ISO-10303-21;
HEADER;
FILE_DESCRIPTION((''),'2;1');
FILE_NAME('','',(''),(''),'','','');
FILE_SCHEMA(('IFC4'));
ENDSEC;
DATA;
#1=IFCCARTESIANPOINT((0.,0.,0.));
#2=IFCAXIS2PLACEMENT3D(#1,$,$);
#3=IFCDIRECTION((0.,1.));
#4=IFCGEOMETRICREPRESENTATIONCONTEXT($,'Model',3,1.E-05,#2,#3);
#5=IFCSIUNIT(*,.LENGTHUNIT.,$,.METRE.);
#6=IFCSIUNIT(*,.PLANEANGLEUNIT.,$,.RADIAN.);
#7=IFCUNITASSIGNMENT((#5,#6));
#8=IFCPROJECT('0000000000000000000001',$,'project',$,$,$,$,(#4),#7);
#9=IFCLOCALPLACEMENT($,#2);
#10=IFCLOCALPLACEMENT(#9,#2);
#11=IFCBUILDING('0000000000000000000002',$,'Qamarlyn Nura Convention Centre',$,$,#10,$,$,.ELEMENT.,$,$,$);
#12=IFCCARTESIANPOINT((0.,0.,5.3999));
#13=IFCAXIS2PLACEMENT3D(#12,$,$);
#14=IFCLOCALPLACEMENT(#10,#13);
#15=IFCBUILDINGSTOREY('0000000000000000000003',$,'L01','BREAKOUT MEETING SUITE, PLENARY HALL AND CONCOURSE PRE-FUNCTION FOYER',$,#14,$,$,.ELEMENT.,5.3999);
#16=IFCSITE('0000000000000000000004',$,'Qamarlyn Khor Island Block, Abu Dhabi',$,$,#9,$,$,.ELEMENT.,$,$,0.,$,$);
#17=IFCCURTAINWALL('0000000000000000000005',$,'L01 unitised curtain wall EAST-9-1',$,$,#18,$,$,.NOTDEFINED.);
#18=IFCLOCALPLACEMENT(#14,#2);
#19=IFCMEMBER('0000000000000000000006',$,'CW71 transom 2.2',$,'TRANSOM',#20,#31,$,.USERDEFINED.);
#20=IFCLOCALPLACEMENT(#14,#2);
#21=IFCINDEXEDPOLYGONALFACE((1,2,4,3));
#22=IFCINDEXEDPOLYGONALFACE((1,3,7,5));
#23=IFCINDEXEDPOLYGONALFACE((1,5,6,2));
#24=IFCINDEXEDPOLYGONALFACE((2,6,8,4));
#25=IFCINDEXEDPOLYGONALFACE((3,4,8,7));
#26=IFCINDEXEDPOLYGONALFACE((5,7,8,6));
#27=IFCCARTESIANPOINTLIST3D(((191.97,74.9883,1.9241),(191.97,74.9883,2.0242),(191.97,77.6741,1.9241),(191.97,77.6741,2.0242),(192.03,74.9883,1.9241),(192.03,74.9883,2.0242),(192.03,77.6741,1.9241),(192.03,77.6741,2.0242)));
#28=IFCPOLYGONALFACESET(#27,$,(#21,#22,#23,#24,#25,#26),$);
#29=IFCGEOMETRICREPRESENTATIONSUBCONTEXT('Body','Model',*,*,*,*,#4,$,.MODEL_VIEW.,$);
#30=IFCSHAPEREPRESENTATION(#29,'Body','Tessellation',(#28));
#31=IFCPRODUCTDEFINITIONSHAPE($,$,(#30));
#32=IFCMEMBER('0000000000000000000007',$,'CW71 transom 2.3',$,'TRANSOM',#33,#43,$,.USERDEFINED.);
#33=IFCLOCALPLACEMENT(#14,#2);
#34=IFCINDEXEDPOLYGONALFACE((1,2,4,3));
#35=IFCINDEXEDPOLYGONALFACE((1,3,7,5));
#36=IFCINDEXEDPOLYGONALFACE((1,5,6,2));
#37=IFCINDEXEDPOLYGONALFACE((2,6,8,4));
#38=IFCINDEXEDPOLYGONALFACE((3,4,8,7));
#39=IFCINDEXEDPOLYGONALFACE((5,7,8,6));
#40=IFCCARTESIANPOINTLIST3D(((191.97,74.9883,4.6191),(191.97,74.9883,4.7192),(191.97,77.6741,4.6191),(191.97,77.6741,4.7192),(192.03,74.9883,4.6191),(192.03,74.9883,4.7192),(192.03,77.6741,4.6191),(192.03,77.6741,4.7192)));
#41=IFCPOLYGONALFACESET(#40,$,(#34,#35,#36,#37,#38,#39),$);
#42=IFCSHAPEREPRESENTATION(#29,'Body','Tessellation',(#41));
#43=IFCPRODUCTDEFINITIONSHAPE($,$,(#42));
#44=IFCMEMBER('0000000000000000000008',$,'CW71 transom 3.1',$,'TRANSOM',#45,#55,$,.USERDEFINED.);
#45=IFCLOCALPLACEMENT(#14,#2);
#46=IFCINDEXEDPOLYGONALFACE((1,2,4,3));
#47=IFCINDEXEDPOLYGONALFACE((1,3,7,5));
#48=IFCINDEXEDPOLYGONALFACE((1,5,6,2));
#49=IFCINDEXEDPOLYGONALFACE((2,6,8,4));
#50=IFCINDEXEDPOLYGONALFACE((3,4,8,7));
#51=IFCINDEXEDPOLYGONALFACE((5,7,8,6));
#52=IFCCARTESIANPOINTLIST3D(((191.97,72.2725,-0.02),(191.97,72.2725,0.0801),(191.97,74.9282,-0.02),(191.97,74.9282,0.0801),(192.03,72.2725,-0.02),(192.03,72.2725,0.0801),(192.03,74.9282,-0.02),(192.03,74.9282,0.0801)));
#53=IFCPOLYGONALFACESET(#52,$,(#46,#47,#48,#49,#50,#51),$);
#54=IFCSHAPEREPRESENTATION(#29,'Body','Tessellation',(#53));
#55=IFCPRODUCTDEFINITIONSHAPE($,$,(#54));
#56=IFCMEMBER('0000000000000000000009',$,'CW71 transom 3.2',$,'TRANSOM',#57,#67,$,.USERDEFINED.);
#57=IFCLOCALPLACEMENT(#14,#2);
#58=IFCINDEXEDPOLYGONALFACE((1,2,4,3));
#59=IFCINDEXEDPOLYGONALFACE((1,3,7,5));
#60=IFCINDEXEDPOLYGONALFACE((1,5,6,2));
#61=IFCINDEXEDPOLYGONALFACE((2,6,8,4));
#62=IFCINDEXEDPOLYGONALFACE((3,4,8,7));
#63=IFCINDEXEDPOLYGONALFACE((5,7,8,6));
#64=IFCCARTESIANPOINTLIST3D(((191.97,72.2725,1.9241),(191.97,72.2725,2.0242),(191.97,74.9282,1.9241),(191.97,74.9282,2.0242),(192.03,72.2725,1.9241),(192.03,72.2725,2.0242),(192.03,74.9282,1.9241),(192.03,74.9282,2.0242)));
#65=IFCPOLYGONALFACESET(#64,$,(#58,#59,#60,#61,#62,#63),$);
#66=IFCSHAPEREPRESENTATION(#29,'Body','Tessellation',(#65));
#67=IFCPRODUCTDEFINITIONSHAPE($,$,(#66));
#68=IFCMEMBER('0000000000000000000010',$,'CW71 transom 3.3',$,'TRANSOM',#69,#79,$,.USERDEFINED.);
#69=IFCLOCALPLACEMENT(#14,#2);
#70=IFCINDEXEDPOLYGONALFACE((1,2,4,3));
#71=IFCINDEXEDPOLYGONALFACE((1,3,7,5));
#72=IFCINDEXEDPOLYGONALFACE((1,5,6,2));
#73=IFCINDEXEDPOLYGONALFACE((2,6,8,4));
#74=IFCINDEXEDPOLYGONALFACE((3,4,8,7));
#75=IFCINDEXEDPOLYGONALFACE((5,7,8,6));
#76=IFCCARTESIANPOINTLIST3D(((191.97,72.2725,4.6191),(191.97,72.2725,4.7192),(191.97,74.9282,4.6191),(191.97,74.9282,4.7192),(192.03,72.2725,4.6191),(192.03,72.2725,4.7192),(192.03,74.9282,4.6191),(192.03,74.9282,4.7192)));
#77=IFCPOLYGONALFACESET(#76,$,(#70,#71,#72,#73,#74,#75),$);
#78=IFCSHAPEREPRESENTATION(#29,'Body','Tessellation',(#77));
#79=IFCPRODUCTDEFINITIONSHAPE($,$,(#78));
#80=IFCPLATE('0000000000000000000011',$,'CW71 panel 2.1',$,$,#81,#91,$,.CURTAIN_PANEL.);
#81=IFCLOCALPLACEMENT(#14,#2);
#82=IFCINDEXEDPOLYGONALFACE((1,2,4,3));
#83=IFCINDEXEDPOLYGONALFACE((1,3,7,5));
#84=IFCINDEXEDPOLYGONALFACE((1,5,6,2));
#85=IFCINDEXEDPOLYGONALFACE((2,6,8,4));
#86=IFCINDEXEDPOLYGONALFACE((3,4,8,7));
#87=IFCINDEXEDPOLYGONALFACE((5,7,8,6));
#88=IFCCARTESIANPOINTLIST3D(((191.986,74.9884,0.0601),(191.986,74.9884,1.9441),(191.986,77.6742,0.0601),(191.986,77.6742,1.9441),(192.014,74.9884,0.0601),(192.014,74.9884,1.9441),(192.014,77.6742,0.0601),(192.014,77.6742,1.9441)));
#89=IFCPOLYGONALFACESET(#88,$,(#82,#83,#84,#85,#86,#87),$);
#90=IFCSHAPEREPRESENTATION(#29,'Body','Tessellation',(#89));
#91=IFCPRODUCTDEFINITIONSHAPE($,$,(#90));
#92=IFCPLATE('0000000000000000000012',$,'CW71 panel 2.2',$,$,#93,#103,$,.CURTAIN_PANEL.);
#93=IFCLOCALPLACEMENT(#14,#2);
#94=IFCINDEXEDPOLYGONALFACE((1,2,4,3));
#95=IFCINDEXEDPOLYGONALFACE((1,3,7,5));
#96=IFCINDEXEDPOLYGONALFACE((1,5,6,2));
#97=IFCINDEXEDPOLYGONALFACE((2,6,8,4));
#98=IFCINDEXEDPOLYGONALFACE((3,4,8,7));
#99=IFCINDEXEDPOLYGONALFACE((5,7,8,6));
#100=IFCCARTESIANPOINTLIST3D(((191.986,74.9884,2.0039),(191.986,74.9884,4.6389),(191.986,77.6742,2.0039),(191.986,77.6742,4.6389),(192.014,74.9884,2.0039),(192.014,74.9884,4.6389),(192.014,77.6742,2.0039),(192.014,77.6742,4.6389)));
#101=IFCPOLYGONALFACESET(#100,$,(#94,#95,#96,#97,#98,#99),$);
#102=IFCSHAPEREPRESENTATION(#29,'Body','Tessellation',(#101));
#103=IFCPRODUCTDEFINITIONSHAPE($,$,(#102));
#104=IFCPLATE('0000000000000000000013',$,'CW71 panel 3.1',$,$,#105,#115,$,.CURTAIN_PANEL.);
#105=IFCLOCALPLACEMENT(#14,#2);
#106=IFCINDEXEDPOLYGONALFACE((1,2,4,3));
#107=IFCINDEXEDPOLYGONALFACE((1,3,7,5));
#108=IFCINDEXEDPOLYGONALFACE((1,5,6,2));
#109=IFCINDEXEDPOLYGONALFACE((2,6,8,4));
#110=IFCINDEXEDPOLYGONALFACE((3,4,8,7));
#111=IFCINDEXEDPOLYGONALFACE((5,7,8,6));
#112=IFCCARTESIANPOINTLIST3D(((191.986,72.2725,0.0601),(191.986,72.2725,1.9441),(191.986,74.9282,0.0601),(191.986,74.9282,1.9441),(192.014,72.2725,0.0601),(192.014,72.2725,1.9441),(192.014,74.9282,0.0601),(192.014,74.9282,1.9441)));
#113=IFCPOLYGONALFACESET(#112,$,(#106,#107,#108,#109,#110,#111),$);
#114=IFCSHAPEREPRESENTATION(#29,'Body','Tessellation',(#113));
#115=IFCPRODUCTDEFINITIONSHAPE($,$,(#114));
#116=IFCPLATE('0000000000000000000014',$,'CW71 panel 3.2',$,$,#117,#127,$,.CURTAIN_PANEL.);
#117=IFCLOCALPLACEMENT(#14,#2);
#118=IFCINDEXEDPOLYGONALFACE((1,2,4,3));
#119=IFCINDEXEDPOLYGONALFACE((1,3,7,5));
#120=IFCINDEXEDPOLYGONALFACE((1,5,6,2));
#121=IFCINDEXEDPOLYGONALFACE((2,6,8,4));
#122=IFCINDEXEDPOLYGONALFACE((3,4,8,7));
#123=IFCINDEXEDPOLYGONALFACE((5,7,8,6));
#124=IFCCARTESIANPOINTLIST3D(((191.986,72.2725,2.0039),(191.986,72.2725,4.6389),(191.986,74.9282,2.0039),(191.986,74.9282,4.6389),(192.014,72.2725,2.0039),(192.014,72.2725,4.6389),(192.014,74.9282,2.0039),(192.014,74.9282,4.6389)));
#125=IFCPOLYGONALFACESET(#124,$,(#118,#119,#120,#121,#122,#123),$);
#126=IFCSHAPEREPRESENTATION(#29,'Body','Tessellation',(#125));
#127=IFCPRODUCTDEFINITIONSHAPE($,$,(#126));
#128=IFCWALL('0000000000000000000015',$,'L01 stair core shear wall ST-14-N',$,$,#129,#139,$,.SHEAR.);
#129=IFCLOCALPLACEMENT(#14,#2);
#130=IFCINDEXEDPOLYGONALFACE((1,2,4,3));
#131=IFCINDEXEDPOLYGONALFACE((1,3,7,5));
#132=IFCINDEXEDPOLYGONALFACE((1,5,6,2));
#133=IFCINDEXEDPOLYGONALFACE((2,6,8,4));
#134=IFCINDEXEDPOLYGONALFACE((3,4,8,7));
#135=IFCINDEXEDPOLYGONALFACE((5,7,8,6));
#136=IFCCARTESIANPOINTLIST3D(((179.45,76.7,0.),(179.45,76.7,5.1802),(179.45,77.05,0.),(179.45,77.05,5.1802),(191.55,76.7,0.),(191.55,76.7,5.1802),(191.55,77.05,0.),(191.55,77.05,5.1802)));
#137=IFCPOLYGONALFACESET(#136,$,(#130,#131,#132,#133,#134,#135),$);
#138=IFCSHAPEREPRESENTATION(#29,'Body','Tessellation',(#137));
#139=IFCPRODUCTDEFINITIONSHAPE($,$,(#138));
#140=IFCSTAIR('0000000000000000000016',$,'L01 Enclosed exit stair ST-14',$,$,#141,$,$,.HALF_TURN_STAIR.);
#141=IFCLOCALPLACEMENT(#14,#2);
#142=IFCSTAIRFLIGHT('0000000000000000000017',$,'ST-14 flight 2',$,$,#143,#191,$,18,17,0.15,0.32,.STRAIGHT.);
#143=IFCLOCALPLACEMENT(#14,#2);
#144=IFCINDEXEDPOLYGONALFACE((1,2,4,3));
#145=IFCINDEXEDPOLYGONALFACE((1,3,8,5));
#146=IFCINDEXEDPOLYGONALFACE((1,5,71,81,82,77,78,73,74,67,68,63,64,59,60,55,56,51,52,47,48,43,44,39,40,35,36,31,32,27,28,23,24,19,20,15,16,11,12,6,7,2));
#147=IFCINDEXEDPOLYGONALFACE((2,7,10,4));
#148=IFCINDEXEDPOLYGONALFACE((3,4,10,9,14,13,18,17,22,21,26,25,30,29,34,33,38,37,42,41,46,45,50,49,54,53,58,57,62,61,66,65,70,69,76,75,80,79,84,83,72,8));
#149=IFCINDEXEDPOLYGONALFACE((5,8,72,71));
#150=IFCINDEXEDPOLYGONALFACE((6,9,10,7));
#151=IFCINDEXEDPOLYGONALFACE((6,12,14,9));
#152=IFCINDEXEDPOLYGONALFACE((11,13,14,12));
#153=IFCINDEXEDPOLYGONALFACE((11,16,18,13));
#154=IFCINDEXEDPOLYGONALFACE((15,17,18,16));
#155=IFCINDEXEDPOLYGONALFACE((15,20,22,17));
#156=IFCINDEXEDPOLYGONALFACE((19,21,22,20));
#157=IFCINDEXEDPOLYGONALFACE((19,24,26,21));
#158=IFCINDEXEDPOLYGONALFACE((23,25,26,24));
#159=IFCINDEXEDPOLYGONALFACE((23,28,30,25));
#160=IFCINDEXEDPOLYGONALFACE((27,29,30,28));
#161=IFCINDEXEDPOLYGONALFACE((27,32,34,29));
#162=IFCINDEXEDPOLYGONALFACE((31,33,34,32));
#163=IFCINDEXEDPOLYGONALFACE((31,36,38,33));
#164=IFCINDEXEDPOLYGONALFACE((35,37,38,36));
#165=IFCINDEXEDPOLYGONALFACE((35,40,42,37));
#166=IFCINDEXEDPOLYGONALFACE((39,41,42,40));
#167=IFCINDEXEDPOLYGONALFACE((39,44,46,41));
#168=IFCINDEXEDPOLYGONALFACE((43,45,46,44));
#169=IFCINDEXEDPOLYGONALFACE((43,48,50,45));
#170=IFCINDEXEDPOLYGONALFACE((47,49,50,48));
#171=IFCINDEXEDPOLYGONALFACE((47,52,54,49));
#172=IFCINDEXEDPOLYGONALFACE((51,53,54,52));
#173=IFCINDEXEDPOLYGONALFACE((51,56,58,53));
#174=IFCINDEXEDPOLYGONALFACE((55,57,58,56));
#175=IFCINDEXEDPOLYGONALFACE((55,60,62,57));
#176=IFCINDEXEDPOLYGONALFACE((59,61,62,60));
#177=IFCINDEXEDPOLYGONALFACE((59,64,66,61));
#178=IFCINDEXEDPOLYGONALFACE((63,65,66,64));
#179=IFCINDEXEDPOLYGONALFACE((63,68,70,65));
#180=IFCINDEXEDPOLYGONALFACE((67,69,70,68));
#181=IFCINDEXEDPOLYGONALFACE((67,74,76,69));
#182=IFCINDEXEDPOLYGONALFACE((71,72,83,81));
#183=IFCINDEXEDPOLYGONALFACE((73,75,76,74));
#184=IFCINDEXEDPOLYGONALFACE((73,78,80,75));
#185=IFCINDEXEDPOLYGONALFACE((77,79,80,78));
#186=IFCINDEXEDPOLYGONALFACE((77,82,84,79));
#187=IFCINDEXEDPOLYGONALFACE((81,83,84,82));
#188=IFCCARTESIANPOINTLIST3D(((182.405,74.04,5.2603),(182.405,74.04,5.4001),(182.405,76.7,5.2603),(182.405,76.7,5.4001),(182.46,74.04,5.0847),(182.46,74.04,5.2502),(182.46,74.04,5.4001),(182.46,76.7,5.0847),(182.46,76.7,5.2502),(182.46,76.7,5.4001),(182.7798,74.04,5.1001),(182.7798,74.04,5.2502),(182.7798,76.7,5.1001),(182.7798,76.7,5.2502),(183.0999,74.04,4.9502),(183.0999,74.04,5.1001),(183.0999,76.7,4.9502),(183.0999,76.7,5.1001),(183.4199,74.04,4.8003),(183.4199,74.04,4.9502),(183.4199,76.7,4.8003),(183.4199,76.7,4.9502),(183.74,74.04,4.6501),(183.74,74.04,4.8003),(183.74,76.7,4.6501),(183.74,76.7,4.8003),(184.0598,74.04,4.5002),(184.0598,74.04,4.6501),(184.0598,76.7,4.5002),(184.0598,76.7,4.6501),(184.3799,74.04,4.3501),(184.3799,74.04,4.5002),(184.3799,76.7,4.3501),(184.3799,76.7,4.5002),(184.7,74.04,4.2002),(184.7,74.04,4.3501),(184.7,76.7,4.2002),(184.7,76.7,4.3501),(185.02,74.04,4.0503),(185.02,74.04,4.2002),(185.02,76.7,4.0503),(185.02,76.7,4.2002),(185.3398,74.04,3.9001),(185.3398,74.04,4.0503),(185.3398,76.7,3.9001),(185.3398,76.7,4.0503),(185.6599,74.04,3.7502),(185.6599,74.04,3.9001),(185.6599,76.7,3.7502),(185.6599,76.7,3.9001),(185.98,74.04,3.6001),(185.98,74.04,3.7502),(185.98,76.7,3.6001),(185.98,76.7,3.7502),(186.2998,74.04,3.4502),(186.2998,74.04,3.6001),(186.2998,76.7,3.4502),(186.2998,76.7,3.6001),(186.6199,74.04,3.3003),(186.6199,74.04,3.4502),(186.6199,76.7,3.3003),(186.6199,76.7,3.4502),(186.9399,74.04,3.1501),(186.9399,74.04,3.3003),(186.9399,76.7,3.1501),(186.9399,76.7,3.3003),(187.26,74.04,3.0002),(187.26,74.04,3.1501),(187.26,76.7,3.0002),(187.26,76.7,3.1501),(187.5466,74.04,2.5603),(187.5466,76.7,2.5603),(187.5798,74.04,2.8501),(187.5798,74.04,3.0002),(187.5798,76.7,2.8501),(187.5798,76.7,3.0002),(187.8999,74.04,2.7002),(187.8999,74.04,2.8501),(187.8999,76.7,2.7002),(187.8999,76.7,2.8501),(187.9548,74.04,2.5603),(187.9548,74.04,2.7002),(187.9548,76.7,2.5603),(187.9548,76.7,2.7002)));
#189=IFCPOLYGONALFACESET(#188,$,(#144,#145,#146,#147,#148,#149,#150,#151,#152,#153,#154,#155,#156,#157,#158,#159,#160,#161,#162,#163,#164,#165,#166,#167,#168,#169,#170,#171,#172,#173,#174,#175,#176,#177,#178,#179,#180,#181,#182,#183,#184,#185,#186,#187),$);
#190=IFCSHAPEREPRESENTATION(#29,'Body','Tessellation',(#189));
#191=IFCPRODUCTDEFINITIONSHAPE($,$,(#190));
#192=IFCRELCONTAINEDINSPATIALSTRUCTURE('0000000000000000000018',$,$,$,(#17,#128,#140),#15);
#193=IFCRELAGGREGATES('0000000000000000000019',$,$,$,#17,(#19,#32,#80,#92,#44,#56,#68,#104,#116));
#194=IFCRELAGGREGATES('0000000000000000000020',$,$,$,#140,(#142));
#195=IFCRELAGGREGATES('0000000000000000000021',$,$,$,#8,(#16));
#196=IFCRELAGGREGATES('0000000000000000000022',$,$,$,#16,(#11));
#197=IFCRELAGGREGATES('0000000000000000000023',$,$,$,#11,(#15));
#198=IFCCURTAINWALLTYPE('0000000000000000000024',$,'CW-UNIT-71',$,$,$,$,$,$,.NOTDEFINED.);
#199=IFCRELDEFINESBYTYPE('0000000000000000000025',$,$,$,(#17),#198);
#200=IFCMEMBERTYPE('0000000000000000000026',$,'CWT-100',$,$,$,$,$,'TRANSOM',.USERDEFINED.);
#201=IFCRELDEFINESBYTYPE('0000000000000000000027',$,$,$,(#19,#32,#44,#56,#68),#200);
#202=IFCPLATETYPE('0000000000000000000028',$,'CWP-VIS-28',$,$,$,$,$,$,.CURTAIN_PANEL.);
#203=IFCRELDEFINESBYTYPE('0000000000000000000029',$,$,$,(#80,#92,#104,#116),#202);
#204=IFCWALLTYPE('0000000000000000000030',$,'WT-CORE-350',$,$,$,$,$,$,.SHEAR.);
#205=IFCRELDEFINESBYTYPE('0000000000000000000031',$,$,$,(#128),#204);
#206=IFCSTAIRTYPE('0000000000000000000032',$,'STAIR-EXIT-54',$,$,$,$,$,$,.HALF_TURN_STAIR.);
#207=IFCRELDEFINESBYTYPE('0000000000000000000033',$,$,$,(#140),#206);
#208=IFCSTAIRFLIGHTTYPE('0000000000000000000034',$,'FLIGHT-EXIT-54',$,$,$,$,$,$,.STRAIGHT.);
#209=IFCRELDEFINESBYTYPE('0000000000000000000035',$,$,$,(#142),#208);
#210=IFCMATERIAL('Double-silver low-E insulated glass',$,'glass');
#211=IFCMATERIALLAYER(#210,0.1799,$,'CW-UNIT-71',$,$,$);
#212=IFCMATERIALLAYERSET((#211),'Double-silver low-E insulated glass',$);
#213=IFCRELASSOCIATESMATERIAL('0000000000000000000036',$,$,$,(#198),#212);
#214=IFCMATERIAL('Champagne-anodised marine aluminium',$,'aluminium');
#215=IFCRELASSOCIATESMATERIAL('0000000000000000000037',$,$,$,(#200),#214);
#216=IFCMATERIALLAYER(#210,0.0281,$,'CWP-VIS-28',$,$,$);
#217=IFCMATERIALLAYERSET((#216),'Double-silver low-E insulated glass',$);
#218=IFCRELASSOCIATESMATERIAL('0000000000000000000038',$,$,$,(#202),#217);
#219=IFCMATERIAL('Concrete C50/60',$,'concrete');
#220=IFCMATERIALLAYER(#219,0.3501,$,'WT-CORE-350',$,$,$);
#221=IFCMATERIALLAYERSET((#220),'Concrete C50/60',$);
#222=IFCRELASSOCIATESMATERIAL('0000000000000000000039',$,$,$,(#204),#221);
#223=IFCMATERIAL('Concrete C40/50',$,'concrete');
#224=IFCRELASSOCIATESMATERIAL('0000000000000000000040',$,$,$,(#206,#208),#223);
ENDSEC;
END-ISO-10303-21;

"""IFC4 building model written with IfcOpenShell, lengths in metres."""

from ifc_helpers import new_model, si_unit, direction, frame, frame_2d, origin, origin_2d, place, context, subcontext, project, spatial, polyline, rectangle, outline, extrude, material, layer, layer_set, material_profile, profile_set, type_object, element, aggregate, save


model = new_model("IFC4")

# Units and contexts
model_context = context("Model", 3, precision=1e-05, world=origin(), true_north=direction((0.0, 1.0)))
body_context = subcontext(model_context, "Body", "Model", "MODEL_VIEW")
ifc_project = project(units=[si_unit("LENGTHUNIT", "METRE"), si_unit("PLANEANGLEUNIT", "RADIAN")], contexts=[model_context])

# Site, building, storey
site_placement = place(None, origin())
site = spatial("IfcSite", under=ifc_project, at=site_placement, Name="Qamarlyn Khor Island Block, Abu Dhabi", CompositionType="ELEMENT", RefElevation=0.0)
building_placement = place(site_placement, origin())
building = spatial("IfcBuilding", under=site, at=building_placement, Name="Qamarlyn Nura Convention Centre", CompositionType="ELEMENT")
storey_placement = place(building_placement, frame((0.0, 0.0, 5.3999)))
storey = spatial("IfcBuildingStorey", under=building, at=storey_placement, Name="L01", Description="BREAKOUT MEETING SUITE, PLENARY HALL AND CONCOURSE PRE-FUNCTION FOYER", CompositionType="ELEMENT", Elevation=5.3999)

# Curtain wall, members, plates
ifc_material_1 = material(Name="Double-silver low-E insulated glass", Category="glass")
ifc_layer_1 = layer(ifc_material_1, 0.1799, Name="CW-UNIT-71")
ifc_layer_set_1 = layer_set([ifc_layer_1], Name="Double-silver low-E insulated glass")
curtain_wall_type = type_object("IfcCurtainWallType", Name="CW-UNIT-71", PredefinedType="NOTDEFINED", material=ifc_layer_set_1)
curtain_wall_placement = place(storey_placement, origin())
curtain_wall = element("IfcCurtainWall", 1, at=curtain_wall_placement, inside=storey, type_object=curtain_wall_type, Name="L01 unitised curtain wall EAST-9-1", PredefinedType="NOTDEFINED")
ifc_material_2 = material(Name="Champagne-anodised marine aluminium", Category="aluminium")
ifc_material_profile_1 = material_profile(ifc_material_2, rectangle(XDim=0.0601, YDim=0.1001, at=origin_2d()), Name="ALU TRANSOM 60x100")
ifc_profile_set_1 = profile_set([ifc_material_profile_1], Name="Champagne-anodised marine aluminium")
member_type_1 = type_object("IfcMemberType", Name="CWT-100", ElementType="TRANSOM", PredefinedType="USERDEFINED", material=ifc_profile_set_1)
member_1_placement = place(storey_placement, frame((192.0, 77.6741, 1.9741), z_axis=(0.0, -1.0, 0.0), x_axis=(1.0, 0.0, 0.0)))
member_1 = element("IfcMember", 2, at=member_1_placement, type_object=member_type_1, Name="CW71 transom 2.2", ObjectType="TRANSOM", PredefinedType="USERDEFINED", context=body_context, shape_type="SweptSolid", body=[
    extrude(rectangle(XDim=0.0601, YDim=0.1001, at=origin_2d()), origin(), (0.0, 0.0, 1.0), 2.6858),
])
member_2_placement = place(storey_placement, frame((192.0, 77.6741, 4.6692), z_axis=(0.0, -1.0, 0.0), x_axis=(1.0, 0.0, 0.0)))
member_2 = element("IfcMember", 3, at=member_2_placement, type_object=member_type_1, Name="CW71 transom 2.3", ObjectType="TRANSOM", PredefinedType="USERDEFINED", context=body_context, shape_type="SweptSolid", body=[
    extrude(rectangle(XDim=0.0601, YDim=0.1001, at=origin_2d()), origin(), (0.0, 0.0, 1.0), 2.6858),
])
member_3_placement = place(storey_placement, frame((192.0, 74.9282, 0.03), z_axis=(0.0, -1.0, 0.0), x_axis=(1.0, 0.0, 0.0)))
member_3 = element("IfcMember", 4, at=member_3_placement, type_object=member_type_1, Name="CW71 transom 3.1", ObjectType="TRANSOM", PredefinedType="USERDEFINED", context=body_context, shape_type="SweptSolid", body=[
    extrude(rectangle(XDim=0.0601, YDim=0.1001, at=origin_2d()), origin(), (0.0, 0.0, 1.0), 2.6558),
])
member_4_placement = place(storey_placement, frame((192.0, 74.9282, 1.9741), z_axis=(0.0, -1.0, 0.0), x_axis=(1.0, 0.0, 0.0)))
member_4 = element("IfcMember", 5, at=member_4_placement, type_object=member_type_1, Name="CW71 transom 3.2", ObjectType="TRANSOM", PredefinedType="USERDEFINED", context=body_context, shape_type="SweptSolid", body=[
    extrude(rectangle(XDim=0.0601, YDim=0.1001, at=origin_2d()), origin(), (0.0, 0.0, 1.0), 2.6558),
])
member_5_placement = place(storey_placement, frame((192.0, 74.9282, 4.6692), z_axis=(0.0, -1.0, 0.0), x_axis=(1.0, 0.0, 0.0)))
member_5 = element("IfcMember", 6, at=member_5_placement, type_object=member_type_1, Name="CW71 transom 3.3", ObjectType="TRANSOM", PredefinedType="USERDEFINED", context=body_context, shape_type="SweptSolid", body=[
    extrude(rectangle(XDim=0.0601, YDim=0.1001, at=origin_2d()), origin(), (0.0, 0.0, 1.0), 2.6558),
])
ifc_layer_2 = layer(ifc_material_1, 0.0281, Name="CWP-VIS-28")
ifc_layer_set_2 = layer_set([ifc_layer_2], Name="Double-silver low-E insulated glass")
plate_type = type_object("IfcPlateType", Name="CWP-VIS-28", PredefinedType="CURTAIN_PANEL", material=ifc_layer_set_2)
plate_1_placement = place(storey_placement, frame((192.0, 76.3313, 0.0601), z_axis=(0.0, 0.0, 1.0), x_axis=(0.0, -1.0, 0.0)))
plate_1 = element("IfcPlate", 7, at=plate_1_placement, type_object=plate_type, Name="CW71 panel 2.1", PredefinedType="CURTAIN_PANEL", context=body_context, shape_type="SweptSolid", body=[
    extrude(rectangle(XDim=2.6858, YDim=0.0281, at=origin_2d()), origin(), (0.0, 0.0, 1.0), 1.884),
])
plate_2_placement = place(storey_placement, frame((192.0, 76.3313, 2.0039), z_axis=(0.0, 0.0, 1.0), x_axis=(0.0, -1.0, 0.0)))
plate_2 = element("IfcPlate", 8, at=plate_2_placement, type_object=plate_type, Name="CW71 panel 2.2", PredefinedType="CURTAIN_PANEL", context=body_context, shape_type="SweptSolid", body=[
    extrude(rectangle(XDim=2.6858, YDim=0.0281, at=origin_2d()), origin(), (0.0, 0.0, 1.0), 2.635),
])
plate_3_placement = place(storey_placement, frame((192.0, 73.6003, 0.0601), z_axis=(0.0, 0.0, 1.0), x_axis=(0.0, -1.0, 0.0)))
plate_3 = element("IfcPlate", 9, at=plate_3_placement, type_object=plate_type, Name="CW71 panel 3.1", PredefinedType="CURTAIN_PANEL", context=body_context, shape_type="SweptSolid", body=[
    extrude(rectangle(XDim=2.6558, YDim=0.0281, at=origin_2d()), origin(), (0.0, 0.0, 1.0), 1.884),
])
plate_4_placement = place(storey_placement, frame((192.0, 73.6003, 2.0039), z_axis=(0.0, 0.0, 1.0), x_axis=(0.0, -1.0, 0.0)))
plate_4 = element("IfcPlate", 10, at=plate_4_placement, type_object=plate_type, Name="CW71 panel 3.2", PredefinedType="CURTAIN_PANEL", context=body_context, shape_type="SweptSolid", body=[
    extrude(rectangle(XDim=2.6558, YDim=0.0281, at=origin_2d()), origin(), (0.0, 0.0, 1.0), 2.635),
])
aggregate(curtain_wall, [member_1, member_2, plate_1, plate_2, member_3, member_4, member_5, plate_3, plate_4])

# Wall
ifc_material_3 = material(Name="Concrete C50/60", Category="concrete")
ifc_layer_3 = layer(ifc_material_3, 0.3501, Name="WT-CORE-350")
ifc_layer_set_3 = layer_set([ifc_layer_3], Name="Concrete C50/60")
wall_type = type_object("IfcWallType", Name="WT-CORE-350", PredefinedType="SHEAR", material=ifc_layer_set_3)
wall_placement = place(storey_placement, frame((191.55, 76.875, 0.0), z_axis=(0.0, 0.0, 1.0), x_axis=(-1.0, 0.0, 0.0)))
element("IfcWall", 11, at=wall_placement, inside=storey, type_object=wall_type, Name="L01 stair core shear wall ST-14-N", PredefinedType="SHEAR", context=body_context, shape_type="SweptSolid", body=[
    extrude(rectangle(XDim=12.1001, YDim=0.3501, at=frame_2d((6.05, 0.0))), origin(), (0.0, 0.0, 1.0), 5.1802),
])

# Stair, stair flight
ifc_material_4 = material(Name="Concrete C40/50", Category="concrete")
stair_type = type_object("IfcStairType", Name="STAIR-EXIT-54", PredefinedType="HALF_TURN_STAIR", material=ifc_material_4)
stair_placement = place(storey_placement, origin())
stair = element("IfcStair", 12, at=stair_placement, inside=storey, type_object=stair_type, Name="L01 Enclosed exit stair ST-14", PredefinedType="HALF_TURN_STAIR")
stair_flight_type = type_object("IfcStairFlightType", Name="FLIGHT-EXIT-54", PredefinedType="STRAIGHT", material=ifc_material_4)
stair_flight_placement = place(storey_placement, frame((187.8999, 75.3701, 2.7002), z_axis=(0.0, 0.0, 1.0), x_axis=(-1.0, 0.0, 0.0)))
stair_flight = element("IfcStairFlight", 13, at=stair_flight_placement, type_object=stair_flight_type, Name="ST-14 flight 2", NumberOfRisers=18, NumberOfTreads=17, PredefinedType="STRAIGHT", RiserHeight=0.15, TreadLength=0.32, context=body_context, shape_type="SweptSolid", body=[
    extrude(outline(polyline([(-0.0549, 0.0), (0.0, 0.0), (0.0, 0.1499), (0.3201, 0.1499), (0.3201, 0.3), (0.6399, 0.3), (0.6399, 0.45), (0.96, 0.45), (0.96, 0.6001), (1.28, 0.6001), (1.28, 0.75), (1.6001, 0.75), (1.6001, 0.8999), (1.9199, 0.8999), (1.9199, 1.05), (2.24, 1.05), (2.24, 1.2), (2.5601, 1.2), (2.5601, 1.3501), (2.8799, 1.3501), (2.8799, 1.5), (3.2, 1.5), (3.2, 1.6499), (3.52, 1.6499), (3.52, 1.8), (3.8401, 1.8), (3.8401, 1.95), (4.1599, 1.95), (4.1599, 2.1001), (4.48, 2.1001), (4.48, 2.25), (4.8, 2.25), (4.8, 2.3999), (5.1201, 2.3999), (5.1201, 2.55), (5.4399, 2.55), (5.4399, 2.7), (5.4949, 2.7), (5.4949, 2.5601), (5.4399, 2.3845), (0.3533, -0.1399), (-0.0549, -0.1399), (-0.0549, 0.0)])), frame((0.0, 1.3301, 0.0), z_axis=(0.0, -1.0, 0.0), x_axis=(1.0, 0.0, 0.0)), (0.0, 0.0, 1.0), 2.6599),
])
aggregate(stair, [stair_flight])

save(model, "model.ifc")
